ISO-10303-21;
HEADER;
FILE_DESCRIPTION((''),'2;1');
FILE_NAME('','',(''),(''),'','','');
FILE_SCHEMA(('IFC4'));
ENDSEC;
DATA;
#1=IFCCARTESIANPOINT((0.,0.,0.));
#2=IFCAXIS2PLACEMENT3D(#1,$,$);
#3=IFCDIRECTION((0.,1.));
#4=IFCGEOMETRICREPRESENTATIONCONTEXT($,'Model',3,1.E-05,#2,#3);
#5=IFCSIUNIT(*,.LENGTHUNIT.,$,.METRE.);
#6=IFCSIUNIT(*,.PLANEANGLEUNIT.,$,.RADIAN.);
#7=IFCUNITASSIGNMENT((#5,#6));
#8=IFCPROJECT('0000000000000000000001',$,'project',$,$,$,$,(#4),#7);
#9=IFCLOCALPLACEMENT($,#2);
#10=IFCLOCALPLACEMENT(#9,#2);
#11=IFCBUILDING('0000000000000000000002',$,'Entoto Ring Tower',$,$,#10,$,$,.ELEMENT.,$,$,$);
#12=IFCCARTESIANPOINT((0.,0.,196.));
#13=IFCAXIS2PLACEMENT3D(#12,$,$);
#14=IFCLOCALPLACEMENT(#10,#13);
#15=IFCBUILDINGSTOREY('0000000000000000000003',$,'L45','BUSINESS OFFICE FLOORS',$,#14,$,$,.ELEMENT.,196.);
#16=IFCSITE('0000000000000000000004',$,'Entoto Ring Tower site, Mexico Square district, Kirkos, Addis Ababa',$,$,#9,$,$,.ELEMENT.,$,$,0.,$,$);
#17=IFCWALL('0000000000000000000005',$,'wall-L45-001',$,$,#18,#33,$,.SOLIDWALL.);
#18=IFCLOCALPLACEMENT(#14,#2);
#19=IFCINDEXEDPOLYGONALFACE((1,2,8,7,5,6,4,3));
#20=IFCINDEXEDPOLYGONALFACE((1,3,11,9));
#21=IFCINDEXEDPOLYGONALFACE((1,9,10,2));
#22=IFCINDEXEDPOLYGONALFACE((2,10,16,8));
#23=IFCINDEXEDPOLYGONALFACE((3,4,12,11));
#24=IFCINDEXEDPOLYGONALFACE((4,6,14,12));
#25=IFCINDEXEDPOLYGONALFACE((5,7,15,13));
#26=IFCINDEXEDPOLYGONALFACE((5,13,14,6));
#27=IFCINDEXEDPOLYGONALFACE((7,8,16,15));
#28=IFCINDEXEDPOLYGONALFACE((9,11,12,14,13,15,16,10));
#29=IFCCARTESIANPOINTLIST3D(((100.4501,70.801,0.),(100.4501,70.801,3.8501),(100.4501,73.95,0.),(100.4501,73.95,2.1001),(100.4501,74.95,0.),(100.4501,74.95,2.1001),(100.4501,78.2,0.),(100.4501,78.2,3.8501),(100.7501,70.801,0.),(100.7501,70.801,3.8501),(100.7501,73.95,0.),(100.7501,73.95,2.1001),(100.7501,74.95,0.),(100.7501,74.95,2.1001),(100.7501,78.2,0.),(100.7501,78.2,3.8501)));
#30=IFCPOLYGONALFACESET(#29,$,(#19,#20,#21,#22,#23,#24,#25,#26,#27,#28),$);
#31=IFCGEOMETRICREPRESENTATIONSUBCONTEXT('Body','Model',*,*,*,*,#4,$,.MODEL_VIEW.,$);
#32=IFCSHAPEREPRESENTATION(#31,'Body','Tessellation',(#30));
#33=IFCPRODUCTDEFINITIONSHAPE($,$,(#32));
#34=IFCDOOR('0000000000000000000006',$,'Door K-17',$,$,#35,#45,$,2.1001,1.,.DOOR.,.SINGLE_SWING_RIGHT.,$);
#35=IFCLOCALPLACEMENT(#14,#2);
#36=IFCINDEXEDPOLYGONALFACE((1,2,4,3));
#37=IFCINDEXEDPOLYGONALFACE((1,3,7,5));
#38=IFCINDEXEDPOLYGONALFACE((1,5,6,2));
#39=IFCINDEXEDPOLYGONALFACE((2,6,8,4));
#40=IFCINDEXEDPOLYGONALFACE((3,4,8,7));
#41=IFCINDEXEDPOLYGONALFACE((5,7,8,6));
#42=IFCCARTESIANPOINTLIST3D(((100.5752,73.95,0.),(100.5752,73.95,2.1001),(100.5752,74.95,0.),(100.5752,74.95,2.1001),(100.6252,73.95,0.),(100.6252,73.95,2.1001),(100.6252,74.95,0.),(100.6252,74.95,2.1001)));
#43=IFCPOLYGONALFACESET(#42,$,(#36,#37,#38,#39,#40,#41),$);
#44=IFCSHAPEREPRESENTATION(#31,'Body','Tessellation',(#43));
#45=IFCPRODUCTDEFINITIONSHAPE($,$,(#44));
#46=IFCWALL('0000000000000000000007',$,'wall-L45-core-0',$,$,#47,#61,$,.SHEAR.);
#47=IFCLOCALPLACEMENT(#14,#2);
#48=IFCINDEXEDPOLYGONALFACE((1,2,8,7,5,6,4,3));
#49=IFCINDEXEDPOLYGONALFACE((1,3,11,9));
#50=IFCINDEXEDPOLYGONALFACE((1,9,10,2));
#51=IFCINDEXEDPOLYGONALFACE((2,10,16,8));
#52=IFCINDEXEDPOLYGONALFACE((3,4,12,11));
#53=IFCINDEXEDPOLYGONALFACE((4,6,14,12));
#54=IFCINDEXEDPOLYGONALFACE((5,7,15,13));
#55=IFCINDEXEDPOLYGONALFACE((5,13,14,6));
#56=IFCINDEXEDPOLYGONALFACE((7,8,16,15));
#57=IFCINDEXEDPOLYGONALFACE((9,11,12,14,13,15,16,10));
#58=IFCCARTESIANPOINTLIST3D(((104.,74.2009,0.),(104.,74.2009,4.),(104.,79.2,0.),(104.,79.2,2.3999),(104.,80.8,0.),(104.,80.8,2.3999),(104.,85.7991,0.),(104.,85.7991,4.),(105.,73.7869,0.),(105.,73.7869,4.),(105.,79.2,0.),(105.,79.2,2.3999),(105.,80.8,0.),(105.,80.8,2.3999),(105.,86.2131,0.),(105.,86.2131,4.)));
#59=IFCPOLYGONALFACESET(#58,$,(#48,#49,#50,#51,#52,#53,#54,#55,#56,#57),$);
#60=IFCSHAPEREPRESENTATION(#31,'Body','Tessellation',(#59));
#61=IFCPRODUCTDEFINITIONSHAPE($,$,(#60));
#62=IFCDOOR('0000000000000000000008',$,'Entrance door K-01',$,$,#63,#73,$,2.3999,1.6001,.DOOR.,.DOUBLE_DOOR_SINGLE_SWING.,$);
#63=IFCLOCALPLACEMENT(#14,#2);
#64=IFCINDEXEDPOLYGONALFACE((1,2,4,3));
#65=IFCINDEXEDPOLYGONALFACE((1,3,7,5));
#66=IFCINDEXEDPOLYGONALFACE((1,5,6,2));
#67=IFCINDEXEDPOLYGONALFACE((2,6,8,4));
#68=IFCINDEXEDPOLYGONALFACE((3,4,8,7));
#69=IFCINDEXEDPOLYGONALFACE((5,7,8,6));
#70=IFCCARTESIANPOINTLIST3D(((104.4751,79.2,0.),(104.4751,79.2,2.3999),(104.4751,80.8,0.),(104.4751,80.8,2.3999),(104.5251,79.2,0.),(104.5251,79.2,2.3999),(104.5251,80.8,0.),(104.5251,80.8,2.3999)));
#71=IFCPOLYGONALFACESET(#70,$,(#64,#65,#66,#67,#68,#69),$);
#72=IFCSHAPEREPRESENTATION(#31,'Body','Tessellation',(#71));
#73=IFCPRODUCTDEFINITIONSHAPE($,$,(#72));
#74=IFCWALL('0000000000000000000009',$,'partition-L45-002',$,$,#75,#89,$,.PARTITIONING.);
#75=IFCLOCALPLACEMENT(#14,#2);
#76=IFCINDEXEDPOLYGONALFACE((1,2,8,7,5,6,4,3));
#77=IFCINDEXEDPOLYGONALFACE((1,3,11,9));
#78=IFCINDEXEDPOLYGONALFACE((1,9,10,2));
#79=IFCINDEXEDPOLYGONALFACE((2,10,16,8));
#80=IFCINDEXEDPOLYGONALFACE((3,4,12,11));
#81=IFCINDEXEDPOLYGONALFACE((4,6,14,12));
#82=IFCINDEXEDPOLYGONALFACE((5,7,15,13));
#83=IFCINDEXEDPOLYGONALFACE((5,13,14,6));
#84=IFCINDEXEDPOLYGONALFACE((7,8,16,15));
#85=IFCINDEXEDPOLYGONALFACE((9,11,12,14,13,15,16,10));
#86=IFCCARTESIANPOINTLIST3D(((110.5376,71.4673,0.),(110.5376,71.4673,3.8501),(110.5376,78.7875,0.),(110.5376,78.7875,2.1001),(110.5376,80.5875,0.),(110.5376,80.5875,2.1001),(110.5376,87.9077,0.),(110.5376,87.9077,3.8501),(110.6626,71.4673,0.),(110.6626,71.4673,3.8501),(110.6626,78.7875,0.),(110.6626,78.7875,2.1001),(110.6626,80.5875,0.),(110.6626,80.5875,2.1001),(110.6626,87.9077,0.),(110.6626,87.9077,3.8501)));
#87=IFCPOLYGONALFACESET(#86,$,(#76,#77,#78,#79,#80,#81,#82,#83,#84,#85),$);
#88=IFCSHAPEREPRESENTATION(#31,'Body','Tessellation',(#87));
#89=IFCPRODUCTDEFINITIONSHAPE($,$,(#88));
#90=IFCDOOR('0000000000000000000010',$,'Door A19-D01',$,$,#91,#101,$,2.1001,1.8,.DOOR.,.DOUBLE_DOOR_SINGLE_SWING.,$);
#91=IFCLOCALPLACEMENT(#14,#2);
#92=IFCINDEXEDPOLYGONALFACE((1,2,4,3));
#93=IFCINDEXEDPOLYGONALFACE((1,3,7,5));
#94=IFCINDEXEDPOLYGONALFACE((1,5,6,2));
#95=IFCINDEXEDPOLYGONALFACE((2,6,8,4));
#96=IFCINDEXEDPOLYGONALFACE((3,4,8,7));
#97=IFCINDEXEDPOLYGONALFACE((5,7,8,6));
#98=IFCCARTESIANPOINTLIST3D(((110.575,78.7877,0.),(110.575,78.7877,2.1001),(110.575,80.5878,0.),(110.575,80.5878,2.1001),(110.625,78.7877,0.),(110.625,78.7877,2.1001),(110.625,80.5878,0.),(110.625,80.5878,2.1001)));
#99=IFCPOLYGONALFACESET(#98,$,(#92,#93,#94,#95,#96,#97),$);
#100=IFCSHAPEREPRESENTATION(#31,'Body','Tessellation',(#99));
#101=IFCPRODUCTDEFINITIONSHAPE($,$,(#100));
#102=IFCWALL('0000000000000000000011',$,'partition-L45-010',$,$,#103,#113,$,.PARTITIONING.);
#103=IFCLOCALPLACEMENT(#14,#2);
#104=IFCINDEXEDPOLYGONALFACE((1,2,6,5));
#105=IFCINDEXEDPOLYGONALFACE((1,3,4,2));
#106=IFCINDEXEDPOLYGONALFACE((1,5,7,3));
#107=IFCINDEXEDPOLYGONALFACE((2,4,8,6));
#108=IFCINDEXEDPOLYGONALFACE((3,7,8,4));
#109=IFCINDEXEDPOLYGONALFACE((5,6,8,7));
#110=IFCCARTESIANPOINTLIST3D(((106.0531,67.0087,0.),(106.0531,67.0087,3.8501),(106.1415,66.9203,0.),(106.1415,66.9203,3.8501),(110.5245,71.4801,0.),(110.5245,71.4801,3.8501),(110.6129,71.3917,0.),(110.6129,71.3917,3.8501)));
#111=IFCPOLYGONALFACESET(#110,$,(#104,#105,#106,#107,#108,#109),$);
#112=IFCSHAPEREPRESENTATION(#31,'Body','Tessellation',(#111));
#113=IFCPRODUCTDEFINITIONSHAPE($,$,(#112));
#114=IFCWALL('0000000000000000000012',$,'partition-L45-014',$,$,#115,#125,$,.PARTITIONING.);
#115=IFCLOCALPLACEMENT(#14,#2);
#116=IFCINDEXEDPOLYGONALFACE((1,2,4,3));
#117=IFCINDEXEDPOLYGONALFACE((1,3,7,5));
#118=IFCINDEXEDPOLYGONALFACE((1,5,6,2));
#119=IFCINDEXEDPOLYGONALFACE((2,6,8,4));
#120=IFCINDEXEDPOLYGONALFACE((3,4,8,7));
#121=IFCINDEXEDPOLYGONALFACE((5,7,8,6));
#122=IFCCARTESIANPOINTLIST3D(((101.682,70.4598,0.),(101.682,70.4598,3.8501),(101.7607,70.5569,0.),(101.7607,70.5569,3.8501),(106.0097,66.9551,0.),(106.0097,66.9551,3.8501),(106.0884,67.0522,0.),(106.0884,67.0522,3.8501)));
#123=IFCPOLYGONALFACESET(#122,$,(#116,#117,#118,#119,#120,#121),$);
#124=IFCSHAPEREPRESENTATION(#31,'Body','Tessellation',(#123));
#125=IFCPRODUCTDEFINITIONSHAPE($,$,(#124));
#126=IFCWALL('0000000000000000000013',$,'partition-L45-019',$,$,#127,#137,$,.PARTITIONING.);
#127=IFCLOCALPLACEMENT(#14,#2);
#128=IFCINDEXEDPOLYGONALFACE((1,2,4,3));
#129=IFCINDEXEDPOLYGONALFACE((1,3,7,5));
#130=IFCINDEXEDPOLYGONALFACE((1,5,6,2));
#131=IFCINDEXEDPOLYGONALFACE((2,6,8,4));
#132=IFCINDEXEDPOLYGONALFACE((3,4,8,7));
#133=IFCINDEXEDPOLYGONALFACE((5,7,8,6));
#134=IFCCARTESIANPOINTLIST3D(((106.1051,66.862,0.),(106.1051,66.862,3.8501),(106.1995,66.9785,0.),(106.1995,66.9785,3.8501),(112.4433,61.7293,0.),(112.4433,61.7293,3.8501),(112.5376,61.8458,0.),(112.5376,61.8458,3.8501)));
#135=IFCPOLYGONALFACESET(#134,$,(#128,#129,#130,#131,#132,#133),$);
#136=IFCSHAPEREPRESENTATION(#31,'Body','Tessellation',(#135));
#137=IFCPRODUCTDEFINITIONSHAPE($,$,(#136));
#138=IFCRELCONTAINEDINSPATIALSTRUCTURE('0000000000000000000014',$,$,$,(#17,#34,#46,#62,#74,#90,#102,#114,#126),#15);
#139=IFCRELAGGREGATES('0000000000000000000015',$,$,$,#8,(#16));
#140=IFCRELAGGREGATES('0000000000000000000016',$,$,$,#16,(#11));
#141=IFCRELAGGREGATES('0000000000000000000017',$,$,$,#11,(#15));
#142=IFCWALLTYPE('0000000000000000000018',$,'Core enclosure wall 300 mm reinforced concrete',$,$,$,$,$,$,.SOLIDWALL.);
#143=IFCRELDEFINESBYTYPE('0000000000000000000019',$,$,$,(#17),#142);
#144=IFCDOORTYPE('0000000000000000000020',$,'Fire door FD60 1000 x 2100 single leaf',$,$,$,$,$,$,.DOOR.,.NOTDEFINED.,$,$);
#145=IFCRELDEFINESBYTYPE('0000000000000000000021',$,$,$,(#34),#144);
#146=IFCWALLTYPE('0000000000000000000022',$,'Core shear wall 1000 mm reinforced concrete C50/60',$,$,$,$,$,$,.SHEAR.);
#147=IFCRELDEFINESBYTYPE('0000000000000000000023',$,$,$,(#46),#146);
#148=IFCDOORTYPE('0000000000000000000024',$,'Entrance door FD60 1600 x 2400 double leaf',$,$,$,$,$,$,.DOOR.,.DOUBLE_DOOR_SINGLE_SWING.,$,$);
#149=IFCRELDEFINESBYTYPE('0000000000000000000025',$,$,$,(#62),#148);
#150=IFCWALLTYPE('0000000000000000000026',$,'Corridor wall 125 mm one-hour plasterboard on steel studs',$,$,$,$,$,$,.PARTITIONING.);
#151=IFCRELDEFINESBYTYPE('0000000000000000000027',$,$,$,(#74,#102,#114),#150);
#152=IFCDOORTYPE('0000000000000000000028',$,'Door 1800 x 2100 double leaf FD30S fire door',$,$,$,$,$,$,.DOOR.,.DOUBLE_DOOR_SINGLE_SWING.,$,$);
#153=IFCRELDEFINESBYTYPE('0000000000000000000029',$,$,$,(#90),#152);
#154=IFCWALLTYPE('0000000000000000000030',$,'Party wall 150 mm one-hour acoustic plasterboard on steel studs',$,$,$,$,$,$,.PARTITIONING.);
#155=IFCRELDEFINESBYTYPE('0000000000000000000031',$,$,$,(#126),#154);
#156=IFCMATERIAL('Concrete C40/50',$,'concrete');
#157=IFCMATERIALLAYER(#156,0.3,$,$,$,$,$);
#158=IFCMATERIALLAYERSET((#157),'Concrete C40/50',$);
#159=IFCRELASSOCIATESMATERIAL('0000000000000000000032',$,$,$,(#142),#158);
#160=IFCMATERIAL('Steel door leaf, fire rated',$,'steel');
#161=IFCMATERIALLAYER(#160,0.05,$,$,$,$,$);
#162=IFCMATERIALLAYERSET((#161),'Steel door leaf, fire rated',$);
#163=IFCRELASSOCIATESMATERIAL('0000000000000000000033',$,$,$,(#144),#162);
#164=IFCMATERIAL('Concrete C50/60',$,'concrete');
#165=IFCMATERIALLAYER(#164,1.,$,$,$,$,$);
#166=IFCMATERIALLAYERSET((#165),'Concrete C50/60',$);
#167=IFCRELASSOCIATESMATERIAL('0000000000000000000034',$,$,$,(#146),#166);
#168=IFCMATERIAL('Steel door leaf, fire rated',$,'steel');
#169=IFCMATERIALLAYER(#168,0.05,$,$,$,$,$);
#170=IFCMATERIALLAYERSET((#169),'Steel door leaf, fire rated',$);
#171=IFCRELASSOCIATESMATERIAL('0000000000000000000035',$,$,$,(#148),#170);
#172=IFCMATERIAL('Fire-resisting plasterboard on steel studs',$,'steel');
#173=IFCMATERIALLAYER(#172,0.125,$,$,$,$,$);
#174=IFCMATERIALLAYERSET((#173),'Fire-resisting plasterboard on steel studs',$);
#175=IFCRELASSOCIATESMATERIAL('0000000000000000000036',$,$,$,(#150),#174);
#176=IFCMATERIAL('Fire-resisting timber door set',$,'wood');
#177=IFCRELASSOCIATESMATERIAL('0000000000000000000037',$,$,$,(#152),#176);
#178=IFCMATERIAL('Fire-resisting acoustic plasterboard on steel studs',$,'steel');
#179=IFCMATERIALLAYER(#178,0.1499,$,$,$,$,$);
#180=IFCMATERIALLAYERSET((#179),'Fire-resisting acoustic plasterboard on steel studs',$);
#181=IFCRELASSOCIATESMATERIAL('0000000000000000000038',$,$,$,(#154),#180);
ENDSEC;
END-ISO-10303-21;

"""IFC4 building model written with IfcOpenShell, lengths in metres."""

from ifc_helpers import new_model, si_unit, direction, frame, frame_2d, origin, place, context, subcontext, project, spatial, polyline, rectangle, outline, extrude, material, layer, layer_set, type_object, element, fill, save


model = new_model("IFC4")

# Units and contexts
model_context = context("Model", 3, precision=1e-05, world=origin(), true_north=direction((0.0, 1.0)))
body_context = subcontext(model_context, "Body", "Model", "MODEL_VIEW")
ifc_project = project(units=[si_unit("LENGTHUNIT", "METRE"), si_unit("PLANEANGLEUNIT", "RADIAN")], contexts=[model_context])

# Site, building, storey
site_placement = place(None, origin())
site = spatial("IfcSite", under=ifc_project, at=site_placement, Name="Entoto Ring Tower site, Mexico Square district, Kirkos, Addis Ababa", CompositionType="ELEMENT", RefElevation=0.0)
building_placement = place(site_placement, origin())
building = spatial("IfcBuilding", under=site, at=building_placement, Name="Entoto Ring Tower", CompositionType="ELEMENT")
storey_placement = place(building_placement, frame((0.0, 0.0, 196.0)))
storey = spatial("IfcBuildingStorey", under=building, at=storey_placement, Name="L45", Description="BUSINESS OFFICE FLOORS", CompositionType="ELEMENT", Elevation=196.0)

# Walls, openings, doors
ifc_material_1 = material(Name="Concrete C40/50", Category="concrete")
ifc_layer_1 = layer(ifc_material_1, 0.3)
ifc_layer_set_1 = layer_set([ifc_layer_1], Name="Concrete C40/50")
wall_type_1 = type_object("IfcWallType", Name="Core enclosure wall 300 mm reinforced concrete", PredefinedType="SOLIDWALL", material=ifc_layer_set_1)
wall_1_placement = place(storey_placement, frame((100.6001, 70.801, 0.0), z_axis=(0.0, 0.0, 1.0), x_axis=(0.0, 1.0, 0.0)))
wall_1 = element("IfcWall", 1, at=wall_1_placement, inside=storey, type_object=wall_type_1, Name="wall-L45-001", PredefinedType="SOLIDWALL", context=body_context, shape_type="SweptSolid", body=[
    extrude(rectangle(XDim=7.3989, YDim=0.3, at=frame_2d((3.6995, 0.0))), origin(), (0.0, 0.0, 1.0), 3.8501),
])
opening_1_placement = place(wall_1_placement, frame((3.1489, 0.0, 0.0)))
opening_1 = element("IfcOpeningElement", 2, at=opening_1_placement, cuts=wall_1, PredefinedType="OPENING", context=body_context, shape_type="SweptSolid", body=[
    extrude(rectangle(XDim=1.0, YDim=2.1001, at=frame_2d((0.5, 1.05))), frame((0.0, 0.1602, 0.0), z_axis=(0.0, -1.0, 0.0), x_axis=(1.0, 0.0, 0.0)), (0.0, 0.0, 1.0), 0.3201),
])
ifc_material_2 = material(Name="Steel door leaf, fire rated", Category="steel")
ifc_layer_2 = layer(ifc_material_2, 0.05)
ifc_layer_set_2 = layer_set([ifc_layer_2], Name="Steel door leaf, fire rated")
door_type_1 = type_object("IfcDoorType", Name="Fire door FD60 1000 x 2100 single leaf", OperationType="NOTDEFINED", PredefinedType="DOOR", material=ifc_layer_set_2)
door_1_placement = place(opening_1_placement, origin())
door_1 = element("IfcDoor", 3, at=door_1_placement, inside=storey, type_object=door_type_1, Name="Door K-17", OperationType="SINGLE_SWING_RIGHT", OverallHeight=2.1001, OverallWidth=1.0, PredefinedType="DOOR", context=body_context, shape_type="SweptSolid", body=[
    extrude(rectangle(XDim=1.0, YDim=2.1001, at=frame_2d((0.5, 1.05))), frame((0.0, 0.0249, 0.0), z_axis=(0.0, -1.0, 0.0), x_axis=(1.0, 0.0, 0.0)), (0.0, 0.0, 1.0), 0.05),
])
fill(opening_1, door_1)
ifc_material_3 = material(Name="Concrete C50/60", Category="concrete")
ifc_layer_3 = layer(ifc_material_3, 1.0)
ifc_layer_set_3 = layer_set([ifc_layer_3], Name="Concrete C50/60")
wall_type_2 = type_object("IfcWallType", Name="Core shear wall 1000 mm reinforced concrete C50/60", PredefinedType="SHEAR", material=ifc_layer_set_3)
wall_2_placement = place(storey_placement, frame((104.5, 73.9939, 0.0), z_axis=(0.0, 0.0, 1.0), x_axis=(0.0, 1.0, 0.0)))
wall_2 = element("IfcWall", 4, at=wall_2_placement, inside=storey, type_object=wall_type_2, Name="wall-L45-core-0", PredefinedType="SHEAR", context=body_context, shape_type="SweptSolid", body=[
    extrude(outline(polyline([(-0.207, -0.5), (12.2192, -0.5), (11.8052, 0.5), (0.207, 0.5), (-0.207, -0.5)])), origin(), (0.0, 0.0, 1.0), 4.0),
])
opening_2_placement = place(wall_2_placement, frame((5.2061, 0.0, 0.0)))
opening_2 = element("IfcOpeningElement", 5, at=opening_2_placement, cuts=wall_2, PredefinedType="OPENING", context=body_context, shape_type="SweptSolid", body=[
    extrude(rectangle(XDim=1.6001, YDim=2.3999, at=frame_2d((0.8, 1.2))), frame((0.0, 0.51, 0.0), z_axis=(0.0, -1.0, 0.0), x_axis=(1.0, 0.0, 0.0)), (0.0, 0.0, 1.0), 1.02),
])
ifc_material_4 = material(Name="Steel door leaf, fire rated", Category="steel")
ifc_layer_4 = layer(ifc_material_4, 0.05)
ifc_layer_set_4 = layer_set([ifc_layer_4], Name="Steel door leaf, fire rated")
door_type_2 = type_object("IfcDoorType", Name="Entrance door FD60 1600 x 2400 double leaf", OperationType="DOUBLE_DOOR_SINGLE_SWING", PredefinedType="DOOR", material=ifc_layer_set_4)
door_2_placement = place(opening_2_placement, origin())
door_2 = element("IfcDoor", 6, at=door_2_placement, inside=storey, type_object=door_type_2, Name="Entrance door K-01", OperationType="DOUBLE_DOOR_SINGLE_SWING", OverallHeight=2.3999, OverallWidth=1.6001, PredefinedType="DOOR", context=body_context, shape_type="SweptSolid", body=[
    extrude(rectangle(XDim=1.6001, YDim=2.3999, at=frame_2d((0.8, 1.2))), frame((0.0, 0.0249, 0.0), z_axis=(0.0, -1.0, 0.0), x_axis=(1.0, 0.0, 0.0)), (0.0, 0.0, 1.0), 0.05),
])
fill(opening_2, door_2)
ifc_material_5 = material(Name="Fire-resisting plasterboard on steel studs", Category="steel")
ifc_layer_5 = layer(ifc_material_5, 0.125)
ifc_layer_set_5 = layer_set([ifc_layer_5], Name="Fire-resisting plasterboard on steel studs")
wall_type_3 = type_object("IfcWallType", Name="Corridor wall 125 mm one-hour plasterboard on steel studs", PredefinedType="PARTITIONING", material=ifc_layer_set_5)
wall_3_placement = place(storey_placement, frame((110.6001, 71.4673, 0.0), z_axis=(0.0, 0.0, 1.0), x_axis=(0.0, 1.0, 0.0)))
wall_3 = element("IfcWall", 7, at=wall_3_placement, inside=storey, type_object=wall_type_3, Name="partition-L45-002", PredefinedType="PARTITIONING", context=body_context, shape_type="SweptSolid", body=[
    extrude(rectangle(XDim=16.4404, YDim=0.125, at=frame_2d((8.2202, 0.0))), origin(), (0.0, 0.0, 1.0), 3.8501),
])
opening_3_placement = place(wall_3_placement, frame((7.3203, 0.0, 0.0)))
opening_3 = element("IfcOpeningElement", 8, at=opening_3_placement, cuts=wall_3, PredefinedType="OPENING", context=body_context, shape_type="SweptSolid", body=[
    extrude(rectangle(XDim=1.8, YDim=2.1001, at=frame_2d((0.8999, 1.05))), frame((0.0, 0.0725, 0.0), z_axis=(0.0, -1.0, 0.0), x_axis=(1.0, 0.0, 0.0)), (0.0, 0.0, 1.0), 0.145),
])
ifc_material_6 = material(Name="Fire-resisting timber door set", Category="wood")
door_type_3 = type_object("IfcDoorType", Name="Door 1800 x 2100 double leaf FD30S fire door", OperationType="DOUBLE_DOOR_SINGLE_SWING", PredefinedType="DOOR", material=ifc_material_6)
door_3_placement = place(opening_3_placement, frame((1.8, 0.0, 0.0), z_axis=(0.0, 0.0, 1.0), x_axis=(-1.0, 0.0, 0.0)))
door_3 = element("IfcDoor", 9, at=door_3_placement, inside=storey, type_object=door_type_3, Name="Door A19-D01", OperationType="DOUBLE_DOOR_SINGLE_SWING", OverallHeight=2.1001, OverallWidth=1.8, PredefinedType="DOOR", context=body_context, shape_type="SweptSolid", body=[
    extrude(rectangle(XDim=1.8, YDim=2.1001, at=frame_2d((0.8999, 1.05))), frame((0.0, 0.0249, 0.0), z_axis=(0.0, -1.0, 0.0), x_axis=(1.0, 0.0, 0.0)), (0.0, 0.0, 1.0), 0.05),
])
fill(opening_3, door_3)

# Walls
wall_4_placement = place(storey_placement, frame((106.0974, 66.9646, 0.0), z_axis=(0.0, 0.0, 1.0), x_axis=(0.707107, 0.707107, 0.0)))
element("IfcWall", 10, at=wall_4_placement, inside=storey, type_object=wall_type_3, Name="partition-L45-010", PredefinedType="PARTITIONING", context=body_context, shape_type="SweptSolid", body=[
    extrude(rectangle(XDim=6.3235, YDim=0.125, at=frame_2d((3.1616, 0.0))), origin(), (0.0, 0.0, 1.0), 3.8501),
])
wall_5_placement = place(storey_placement, frame((106.0491, 67.0037, 0.0), z_axis=(0.0, 0.0, 1.0), x_axis=(-0.777129, 0.629341, 0.0)))
element("IfcWall", 11, at=wall_5_placement, inside=storey, type_object=wall_type_3, Name="partition-L45-014", PredefinedType="PARTITIONING", context=body_context, shape_type="SweptSolid", body=[
    extrude(rectangle(XDim=5.5688, YDim=0.125, at=frame_2d((2.7844, 0.0))), origin(), (0.0, 0.0, 1.0), 3.8501),
])
ifc_material_7 = material(Name="Fire-resisting acoustic plasterboard on steel studs", Category="steel")
ifc_layer_6 = layer(ifc_material_7, 0.1499)
ifc_layer_set_6 = layer_set([ifc_layer_6], Name="Fire-resisting acoustic plasterboard on steel studs")
wall_type_4 = type_object("IfcWallType", Name="Party wall 150 mm one-hour acoustic plasterboard on steel studs", PredefinedType="PARTITIONING", material=ifc_layer_set_6)
wall_6_placement = place(storey_placement, frame((112.4905, 61.7876, 0.0), z_axis=(0.0, 0.0, 1.0), x_axis=(-0.777143, 0.629324, 0.0)))
element("IfcWall", 12, at=wall_6_placement, inside=storey, type_object=wall_type_4, Name="partition-L45-019", PredefinedType="PARTITIONING", context=body_context, shape_type="SweptSolid", body=[
    extrude(rectangle(XDim=8.1558, YDim=0.1499, at=frame_2d((4.0779, 0.0))), origin(), (0.0, 0.0, 1.0), 3.8501),
])

save(model, "model.ifc")
